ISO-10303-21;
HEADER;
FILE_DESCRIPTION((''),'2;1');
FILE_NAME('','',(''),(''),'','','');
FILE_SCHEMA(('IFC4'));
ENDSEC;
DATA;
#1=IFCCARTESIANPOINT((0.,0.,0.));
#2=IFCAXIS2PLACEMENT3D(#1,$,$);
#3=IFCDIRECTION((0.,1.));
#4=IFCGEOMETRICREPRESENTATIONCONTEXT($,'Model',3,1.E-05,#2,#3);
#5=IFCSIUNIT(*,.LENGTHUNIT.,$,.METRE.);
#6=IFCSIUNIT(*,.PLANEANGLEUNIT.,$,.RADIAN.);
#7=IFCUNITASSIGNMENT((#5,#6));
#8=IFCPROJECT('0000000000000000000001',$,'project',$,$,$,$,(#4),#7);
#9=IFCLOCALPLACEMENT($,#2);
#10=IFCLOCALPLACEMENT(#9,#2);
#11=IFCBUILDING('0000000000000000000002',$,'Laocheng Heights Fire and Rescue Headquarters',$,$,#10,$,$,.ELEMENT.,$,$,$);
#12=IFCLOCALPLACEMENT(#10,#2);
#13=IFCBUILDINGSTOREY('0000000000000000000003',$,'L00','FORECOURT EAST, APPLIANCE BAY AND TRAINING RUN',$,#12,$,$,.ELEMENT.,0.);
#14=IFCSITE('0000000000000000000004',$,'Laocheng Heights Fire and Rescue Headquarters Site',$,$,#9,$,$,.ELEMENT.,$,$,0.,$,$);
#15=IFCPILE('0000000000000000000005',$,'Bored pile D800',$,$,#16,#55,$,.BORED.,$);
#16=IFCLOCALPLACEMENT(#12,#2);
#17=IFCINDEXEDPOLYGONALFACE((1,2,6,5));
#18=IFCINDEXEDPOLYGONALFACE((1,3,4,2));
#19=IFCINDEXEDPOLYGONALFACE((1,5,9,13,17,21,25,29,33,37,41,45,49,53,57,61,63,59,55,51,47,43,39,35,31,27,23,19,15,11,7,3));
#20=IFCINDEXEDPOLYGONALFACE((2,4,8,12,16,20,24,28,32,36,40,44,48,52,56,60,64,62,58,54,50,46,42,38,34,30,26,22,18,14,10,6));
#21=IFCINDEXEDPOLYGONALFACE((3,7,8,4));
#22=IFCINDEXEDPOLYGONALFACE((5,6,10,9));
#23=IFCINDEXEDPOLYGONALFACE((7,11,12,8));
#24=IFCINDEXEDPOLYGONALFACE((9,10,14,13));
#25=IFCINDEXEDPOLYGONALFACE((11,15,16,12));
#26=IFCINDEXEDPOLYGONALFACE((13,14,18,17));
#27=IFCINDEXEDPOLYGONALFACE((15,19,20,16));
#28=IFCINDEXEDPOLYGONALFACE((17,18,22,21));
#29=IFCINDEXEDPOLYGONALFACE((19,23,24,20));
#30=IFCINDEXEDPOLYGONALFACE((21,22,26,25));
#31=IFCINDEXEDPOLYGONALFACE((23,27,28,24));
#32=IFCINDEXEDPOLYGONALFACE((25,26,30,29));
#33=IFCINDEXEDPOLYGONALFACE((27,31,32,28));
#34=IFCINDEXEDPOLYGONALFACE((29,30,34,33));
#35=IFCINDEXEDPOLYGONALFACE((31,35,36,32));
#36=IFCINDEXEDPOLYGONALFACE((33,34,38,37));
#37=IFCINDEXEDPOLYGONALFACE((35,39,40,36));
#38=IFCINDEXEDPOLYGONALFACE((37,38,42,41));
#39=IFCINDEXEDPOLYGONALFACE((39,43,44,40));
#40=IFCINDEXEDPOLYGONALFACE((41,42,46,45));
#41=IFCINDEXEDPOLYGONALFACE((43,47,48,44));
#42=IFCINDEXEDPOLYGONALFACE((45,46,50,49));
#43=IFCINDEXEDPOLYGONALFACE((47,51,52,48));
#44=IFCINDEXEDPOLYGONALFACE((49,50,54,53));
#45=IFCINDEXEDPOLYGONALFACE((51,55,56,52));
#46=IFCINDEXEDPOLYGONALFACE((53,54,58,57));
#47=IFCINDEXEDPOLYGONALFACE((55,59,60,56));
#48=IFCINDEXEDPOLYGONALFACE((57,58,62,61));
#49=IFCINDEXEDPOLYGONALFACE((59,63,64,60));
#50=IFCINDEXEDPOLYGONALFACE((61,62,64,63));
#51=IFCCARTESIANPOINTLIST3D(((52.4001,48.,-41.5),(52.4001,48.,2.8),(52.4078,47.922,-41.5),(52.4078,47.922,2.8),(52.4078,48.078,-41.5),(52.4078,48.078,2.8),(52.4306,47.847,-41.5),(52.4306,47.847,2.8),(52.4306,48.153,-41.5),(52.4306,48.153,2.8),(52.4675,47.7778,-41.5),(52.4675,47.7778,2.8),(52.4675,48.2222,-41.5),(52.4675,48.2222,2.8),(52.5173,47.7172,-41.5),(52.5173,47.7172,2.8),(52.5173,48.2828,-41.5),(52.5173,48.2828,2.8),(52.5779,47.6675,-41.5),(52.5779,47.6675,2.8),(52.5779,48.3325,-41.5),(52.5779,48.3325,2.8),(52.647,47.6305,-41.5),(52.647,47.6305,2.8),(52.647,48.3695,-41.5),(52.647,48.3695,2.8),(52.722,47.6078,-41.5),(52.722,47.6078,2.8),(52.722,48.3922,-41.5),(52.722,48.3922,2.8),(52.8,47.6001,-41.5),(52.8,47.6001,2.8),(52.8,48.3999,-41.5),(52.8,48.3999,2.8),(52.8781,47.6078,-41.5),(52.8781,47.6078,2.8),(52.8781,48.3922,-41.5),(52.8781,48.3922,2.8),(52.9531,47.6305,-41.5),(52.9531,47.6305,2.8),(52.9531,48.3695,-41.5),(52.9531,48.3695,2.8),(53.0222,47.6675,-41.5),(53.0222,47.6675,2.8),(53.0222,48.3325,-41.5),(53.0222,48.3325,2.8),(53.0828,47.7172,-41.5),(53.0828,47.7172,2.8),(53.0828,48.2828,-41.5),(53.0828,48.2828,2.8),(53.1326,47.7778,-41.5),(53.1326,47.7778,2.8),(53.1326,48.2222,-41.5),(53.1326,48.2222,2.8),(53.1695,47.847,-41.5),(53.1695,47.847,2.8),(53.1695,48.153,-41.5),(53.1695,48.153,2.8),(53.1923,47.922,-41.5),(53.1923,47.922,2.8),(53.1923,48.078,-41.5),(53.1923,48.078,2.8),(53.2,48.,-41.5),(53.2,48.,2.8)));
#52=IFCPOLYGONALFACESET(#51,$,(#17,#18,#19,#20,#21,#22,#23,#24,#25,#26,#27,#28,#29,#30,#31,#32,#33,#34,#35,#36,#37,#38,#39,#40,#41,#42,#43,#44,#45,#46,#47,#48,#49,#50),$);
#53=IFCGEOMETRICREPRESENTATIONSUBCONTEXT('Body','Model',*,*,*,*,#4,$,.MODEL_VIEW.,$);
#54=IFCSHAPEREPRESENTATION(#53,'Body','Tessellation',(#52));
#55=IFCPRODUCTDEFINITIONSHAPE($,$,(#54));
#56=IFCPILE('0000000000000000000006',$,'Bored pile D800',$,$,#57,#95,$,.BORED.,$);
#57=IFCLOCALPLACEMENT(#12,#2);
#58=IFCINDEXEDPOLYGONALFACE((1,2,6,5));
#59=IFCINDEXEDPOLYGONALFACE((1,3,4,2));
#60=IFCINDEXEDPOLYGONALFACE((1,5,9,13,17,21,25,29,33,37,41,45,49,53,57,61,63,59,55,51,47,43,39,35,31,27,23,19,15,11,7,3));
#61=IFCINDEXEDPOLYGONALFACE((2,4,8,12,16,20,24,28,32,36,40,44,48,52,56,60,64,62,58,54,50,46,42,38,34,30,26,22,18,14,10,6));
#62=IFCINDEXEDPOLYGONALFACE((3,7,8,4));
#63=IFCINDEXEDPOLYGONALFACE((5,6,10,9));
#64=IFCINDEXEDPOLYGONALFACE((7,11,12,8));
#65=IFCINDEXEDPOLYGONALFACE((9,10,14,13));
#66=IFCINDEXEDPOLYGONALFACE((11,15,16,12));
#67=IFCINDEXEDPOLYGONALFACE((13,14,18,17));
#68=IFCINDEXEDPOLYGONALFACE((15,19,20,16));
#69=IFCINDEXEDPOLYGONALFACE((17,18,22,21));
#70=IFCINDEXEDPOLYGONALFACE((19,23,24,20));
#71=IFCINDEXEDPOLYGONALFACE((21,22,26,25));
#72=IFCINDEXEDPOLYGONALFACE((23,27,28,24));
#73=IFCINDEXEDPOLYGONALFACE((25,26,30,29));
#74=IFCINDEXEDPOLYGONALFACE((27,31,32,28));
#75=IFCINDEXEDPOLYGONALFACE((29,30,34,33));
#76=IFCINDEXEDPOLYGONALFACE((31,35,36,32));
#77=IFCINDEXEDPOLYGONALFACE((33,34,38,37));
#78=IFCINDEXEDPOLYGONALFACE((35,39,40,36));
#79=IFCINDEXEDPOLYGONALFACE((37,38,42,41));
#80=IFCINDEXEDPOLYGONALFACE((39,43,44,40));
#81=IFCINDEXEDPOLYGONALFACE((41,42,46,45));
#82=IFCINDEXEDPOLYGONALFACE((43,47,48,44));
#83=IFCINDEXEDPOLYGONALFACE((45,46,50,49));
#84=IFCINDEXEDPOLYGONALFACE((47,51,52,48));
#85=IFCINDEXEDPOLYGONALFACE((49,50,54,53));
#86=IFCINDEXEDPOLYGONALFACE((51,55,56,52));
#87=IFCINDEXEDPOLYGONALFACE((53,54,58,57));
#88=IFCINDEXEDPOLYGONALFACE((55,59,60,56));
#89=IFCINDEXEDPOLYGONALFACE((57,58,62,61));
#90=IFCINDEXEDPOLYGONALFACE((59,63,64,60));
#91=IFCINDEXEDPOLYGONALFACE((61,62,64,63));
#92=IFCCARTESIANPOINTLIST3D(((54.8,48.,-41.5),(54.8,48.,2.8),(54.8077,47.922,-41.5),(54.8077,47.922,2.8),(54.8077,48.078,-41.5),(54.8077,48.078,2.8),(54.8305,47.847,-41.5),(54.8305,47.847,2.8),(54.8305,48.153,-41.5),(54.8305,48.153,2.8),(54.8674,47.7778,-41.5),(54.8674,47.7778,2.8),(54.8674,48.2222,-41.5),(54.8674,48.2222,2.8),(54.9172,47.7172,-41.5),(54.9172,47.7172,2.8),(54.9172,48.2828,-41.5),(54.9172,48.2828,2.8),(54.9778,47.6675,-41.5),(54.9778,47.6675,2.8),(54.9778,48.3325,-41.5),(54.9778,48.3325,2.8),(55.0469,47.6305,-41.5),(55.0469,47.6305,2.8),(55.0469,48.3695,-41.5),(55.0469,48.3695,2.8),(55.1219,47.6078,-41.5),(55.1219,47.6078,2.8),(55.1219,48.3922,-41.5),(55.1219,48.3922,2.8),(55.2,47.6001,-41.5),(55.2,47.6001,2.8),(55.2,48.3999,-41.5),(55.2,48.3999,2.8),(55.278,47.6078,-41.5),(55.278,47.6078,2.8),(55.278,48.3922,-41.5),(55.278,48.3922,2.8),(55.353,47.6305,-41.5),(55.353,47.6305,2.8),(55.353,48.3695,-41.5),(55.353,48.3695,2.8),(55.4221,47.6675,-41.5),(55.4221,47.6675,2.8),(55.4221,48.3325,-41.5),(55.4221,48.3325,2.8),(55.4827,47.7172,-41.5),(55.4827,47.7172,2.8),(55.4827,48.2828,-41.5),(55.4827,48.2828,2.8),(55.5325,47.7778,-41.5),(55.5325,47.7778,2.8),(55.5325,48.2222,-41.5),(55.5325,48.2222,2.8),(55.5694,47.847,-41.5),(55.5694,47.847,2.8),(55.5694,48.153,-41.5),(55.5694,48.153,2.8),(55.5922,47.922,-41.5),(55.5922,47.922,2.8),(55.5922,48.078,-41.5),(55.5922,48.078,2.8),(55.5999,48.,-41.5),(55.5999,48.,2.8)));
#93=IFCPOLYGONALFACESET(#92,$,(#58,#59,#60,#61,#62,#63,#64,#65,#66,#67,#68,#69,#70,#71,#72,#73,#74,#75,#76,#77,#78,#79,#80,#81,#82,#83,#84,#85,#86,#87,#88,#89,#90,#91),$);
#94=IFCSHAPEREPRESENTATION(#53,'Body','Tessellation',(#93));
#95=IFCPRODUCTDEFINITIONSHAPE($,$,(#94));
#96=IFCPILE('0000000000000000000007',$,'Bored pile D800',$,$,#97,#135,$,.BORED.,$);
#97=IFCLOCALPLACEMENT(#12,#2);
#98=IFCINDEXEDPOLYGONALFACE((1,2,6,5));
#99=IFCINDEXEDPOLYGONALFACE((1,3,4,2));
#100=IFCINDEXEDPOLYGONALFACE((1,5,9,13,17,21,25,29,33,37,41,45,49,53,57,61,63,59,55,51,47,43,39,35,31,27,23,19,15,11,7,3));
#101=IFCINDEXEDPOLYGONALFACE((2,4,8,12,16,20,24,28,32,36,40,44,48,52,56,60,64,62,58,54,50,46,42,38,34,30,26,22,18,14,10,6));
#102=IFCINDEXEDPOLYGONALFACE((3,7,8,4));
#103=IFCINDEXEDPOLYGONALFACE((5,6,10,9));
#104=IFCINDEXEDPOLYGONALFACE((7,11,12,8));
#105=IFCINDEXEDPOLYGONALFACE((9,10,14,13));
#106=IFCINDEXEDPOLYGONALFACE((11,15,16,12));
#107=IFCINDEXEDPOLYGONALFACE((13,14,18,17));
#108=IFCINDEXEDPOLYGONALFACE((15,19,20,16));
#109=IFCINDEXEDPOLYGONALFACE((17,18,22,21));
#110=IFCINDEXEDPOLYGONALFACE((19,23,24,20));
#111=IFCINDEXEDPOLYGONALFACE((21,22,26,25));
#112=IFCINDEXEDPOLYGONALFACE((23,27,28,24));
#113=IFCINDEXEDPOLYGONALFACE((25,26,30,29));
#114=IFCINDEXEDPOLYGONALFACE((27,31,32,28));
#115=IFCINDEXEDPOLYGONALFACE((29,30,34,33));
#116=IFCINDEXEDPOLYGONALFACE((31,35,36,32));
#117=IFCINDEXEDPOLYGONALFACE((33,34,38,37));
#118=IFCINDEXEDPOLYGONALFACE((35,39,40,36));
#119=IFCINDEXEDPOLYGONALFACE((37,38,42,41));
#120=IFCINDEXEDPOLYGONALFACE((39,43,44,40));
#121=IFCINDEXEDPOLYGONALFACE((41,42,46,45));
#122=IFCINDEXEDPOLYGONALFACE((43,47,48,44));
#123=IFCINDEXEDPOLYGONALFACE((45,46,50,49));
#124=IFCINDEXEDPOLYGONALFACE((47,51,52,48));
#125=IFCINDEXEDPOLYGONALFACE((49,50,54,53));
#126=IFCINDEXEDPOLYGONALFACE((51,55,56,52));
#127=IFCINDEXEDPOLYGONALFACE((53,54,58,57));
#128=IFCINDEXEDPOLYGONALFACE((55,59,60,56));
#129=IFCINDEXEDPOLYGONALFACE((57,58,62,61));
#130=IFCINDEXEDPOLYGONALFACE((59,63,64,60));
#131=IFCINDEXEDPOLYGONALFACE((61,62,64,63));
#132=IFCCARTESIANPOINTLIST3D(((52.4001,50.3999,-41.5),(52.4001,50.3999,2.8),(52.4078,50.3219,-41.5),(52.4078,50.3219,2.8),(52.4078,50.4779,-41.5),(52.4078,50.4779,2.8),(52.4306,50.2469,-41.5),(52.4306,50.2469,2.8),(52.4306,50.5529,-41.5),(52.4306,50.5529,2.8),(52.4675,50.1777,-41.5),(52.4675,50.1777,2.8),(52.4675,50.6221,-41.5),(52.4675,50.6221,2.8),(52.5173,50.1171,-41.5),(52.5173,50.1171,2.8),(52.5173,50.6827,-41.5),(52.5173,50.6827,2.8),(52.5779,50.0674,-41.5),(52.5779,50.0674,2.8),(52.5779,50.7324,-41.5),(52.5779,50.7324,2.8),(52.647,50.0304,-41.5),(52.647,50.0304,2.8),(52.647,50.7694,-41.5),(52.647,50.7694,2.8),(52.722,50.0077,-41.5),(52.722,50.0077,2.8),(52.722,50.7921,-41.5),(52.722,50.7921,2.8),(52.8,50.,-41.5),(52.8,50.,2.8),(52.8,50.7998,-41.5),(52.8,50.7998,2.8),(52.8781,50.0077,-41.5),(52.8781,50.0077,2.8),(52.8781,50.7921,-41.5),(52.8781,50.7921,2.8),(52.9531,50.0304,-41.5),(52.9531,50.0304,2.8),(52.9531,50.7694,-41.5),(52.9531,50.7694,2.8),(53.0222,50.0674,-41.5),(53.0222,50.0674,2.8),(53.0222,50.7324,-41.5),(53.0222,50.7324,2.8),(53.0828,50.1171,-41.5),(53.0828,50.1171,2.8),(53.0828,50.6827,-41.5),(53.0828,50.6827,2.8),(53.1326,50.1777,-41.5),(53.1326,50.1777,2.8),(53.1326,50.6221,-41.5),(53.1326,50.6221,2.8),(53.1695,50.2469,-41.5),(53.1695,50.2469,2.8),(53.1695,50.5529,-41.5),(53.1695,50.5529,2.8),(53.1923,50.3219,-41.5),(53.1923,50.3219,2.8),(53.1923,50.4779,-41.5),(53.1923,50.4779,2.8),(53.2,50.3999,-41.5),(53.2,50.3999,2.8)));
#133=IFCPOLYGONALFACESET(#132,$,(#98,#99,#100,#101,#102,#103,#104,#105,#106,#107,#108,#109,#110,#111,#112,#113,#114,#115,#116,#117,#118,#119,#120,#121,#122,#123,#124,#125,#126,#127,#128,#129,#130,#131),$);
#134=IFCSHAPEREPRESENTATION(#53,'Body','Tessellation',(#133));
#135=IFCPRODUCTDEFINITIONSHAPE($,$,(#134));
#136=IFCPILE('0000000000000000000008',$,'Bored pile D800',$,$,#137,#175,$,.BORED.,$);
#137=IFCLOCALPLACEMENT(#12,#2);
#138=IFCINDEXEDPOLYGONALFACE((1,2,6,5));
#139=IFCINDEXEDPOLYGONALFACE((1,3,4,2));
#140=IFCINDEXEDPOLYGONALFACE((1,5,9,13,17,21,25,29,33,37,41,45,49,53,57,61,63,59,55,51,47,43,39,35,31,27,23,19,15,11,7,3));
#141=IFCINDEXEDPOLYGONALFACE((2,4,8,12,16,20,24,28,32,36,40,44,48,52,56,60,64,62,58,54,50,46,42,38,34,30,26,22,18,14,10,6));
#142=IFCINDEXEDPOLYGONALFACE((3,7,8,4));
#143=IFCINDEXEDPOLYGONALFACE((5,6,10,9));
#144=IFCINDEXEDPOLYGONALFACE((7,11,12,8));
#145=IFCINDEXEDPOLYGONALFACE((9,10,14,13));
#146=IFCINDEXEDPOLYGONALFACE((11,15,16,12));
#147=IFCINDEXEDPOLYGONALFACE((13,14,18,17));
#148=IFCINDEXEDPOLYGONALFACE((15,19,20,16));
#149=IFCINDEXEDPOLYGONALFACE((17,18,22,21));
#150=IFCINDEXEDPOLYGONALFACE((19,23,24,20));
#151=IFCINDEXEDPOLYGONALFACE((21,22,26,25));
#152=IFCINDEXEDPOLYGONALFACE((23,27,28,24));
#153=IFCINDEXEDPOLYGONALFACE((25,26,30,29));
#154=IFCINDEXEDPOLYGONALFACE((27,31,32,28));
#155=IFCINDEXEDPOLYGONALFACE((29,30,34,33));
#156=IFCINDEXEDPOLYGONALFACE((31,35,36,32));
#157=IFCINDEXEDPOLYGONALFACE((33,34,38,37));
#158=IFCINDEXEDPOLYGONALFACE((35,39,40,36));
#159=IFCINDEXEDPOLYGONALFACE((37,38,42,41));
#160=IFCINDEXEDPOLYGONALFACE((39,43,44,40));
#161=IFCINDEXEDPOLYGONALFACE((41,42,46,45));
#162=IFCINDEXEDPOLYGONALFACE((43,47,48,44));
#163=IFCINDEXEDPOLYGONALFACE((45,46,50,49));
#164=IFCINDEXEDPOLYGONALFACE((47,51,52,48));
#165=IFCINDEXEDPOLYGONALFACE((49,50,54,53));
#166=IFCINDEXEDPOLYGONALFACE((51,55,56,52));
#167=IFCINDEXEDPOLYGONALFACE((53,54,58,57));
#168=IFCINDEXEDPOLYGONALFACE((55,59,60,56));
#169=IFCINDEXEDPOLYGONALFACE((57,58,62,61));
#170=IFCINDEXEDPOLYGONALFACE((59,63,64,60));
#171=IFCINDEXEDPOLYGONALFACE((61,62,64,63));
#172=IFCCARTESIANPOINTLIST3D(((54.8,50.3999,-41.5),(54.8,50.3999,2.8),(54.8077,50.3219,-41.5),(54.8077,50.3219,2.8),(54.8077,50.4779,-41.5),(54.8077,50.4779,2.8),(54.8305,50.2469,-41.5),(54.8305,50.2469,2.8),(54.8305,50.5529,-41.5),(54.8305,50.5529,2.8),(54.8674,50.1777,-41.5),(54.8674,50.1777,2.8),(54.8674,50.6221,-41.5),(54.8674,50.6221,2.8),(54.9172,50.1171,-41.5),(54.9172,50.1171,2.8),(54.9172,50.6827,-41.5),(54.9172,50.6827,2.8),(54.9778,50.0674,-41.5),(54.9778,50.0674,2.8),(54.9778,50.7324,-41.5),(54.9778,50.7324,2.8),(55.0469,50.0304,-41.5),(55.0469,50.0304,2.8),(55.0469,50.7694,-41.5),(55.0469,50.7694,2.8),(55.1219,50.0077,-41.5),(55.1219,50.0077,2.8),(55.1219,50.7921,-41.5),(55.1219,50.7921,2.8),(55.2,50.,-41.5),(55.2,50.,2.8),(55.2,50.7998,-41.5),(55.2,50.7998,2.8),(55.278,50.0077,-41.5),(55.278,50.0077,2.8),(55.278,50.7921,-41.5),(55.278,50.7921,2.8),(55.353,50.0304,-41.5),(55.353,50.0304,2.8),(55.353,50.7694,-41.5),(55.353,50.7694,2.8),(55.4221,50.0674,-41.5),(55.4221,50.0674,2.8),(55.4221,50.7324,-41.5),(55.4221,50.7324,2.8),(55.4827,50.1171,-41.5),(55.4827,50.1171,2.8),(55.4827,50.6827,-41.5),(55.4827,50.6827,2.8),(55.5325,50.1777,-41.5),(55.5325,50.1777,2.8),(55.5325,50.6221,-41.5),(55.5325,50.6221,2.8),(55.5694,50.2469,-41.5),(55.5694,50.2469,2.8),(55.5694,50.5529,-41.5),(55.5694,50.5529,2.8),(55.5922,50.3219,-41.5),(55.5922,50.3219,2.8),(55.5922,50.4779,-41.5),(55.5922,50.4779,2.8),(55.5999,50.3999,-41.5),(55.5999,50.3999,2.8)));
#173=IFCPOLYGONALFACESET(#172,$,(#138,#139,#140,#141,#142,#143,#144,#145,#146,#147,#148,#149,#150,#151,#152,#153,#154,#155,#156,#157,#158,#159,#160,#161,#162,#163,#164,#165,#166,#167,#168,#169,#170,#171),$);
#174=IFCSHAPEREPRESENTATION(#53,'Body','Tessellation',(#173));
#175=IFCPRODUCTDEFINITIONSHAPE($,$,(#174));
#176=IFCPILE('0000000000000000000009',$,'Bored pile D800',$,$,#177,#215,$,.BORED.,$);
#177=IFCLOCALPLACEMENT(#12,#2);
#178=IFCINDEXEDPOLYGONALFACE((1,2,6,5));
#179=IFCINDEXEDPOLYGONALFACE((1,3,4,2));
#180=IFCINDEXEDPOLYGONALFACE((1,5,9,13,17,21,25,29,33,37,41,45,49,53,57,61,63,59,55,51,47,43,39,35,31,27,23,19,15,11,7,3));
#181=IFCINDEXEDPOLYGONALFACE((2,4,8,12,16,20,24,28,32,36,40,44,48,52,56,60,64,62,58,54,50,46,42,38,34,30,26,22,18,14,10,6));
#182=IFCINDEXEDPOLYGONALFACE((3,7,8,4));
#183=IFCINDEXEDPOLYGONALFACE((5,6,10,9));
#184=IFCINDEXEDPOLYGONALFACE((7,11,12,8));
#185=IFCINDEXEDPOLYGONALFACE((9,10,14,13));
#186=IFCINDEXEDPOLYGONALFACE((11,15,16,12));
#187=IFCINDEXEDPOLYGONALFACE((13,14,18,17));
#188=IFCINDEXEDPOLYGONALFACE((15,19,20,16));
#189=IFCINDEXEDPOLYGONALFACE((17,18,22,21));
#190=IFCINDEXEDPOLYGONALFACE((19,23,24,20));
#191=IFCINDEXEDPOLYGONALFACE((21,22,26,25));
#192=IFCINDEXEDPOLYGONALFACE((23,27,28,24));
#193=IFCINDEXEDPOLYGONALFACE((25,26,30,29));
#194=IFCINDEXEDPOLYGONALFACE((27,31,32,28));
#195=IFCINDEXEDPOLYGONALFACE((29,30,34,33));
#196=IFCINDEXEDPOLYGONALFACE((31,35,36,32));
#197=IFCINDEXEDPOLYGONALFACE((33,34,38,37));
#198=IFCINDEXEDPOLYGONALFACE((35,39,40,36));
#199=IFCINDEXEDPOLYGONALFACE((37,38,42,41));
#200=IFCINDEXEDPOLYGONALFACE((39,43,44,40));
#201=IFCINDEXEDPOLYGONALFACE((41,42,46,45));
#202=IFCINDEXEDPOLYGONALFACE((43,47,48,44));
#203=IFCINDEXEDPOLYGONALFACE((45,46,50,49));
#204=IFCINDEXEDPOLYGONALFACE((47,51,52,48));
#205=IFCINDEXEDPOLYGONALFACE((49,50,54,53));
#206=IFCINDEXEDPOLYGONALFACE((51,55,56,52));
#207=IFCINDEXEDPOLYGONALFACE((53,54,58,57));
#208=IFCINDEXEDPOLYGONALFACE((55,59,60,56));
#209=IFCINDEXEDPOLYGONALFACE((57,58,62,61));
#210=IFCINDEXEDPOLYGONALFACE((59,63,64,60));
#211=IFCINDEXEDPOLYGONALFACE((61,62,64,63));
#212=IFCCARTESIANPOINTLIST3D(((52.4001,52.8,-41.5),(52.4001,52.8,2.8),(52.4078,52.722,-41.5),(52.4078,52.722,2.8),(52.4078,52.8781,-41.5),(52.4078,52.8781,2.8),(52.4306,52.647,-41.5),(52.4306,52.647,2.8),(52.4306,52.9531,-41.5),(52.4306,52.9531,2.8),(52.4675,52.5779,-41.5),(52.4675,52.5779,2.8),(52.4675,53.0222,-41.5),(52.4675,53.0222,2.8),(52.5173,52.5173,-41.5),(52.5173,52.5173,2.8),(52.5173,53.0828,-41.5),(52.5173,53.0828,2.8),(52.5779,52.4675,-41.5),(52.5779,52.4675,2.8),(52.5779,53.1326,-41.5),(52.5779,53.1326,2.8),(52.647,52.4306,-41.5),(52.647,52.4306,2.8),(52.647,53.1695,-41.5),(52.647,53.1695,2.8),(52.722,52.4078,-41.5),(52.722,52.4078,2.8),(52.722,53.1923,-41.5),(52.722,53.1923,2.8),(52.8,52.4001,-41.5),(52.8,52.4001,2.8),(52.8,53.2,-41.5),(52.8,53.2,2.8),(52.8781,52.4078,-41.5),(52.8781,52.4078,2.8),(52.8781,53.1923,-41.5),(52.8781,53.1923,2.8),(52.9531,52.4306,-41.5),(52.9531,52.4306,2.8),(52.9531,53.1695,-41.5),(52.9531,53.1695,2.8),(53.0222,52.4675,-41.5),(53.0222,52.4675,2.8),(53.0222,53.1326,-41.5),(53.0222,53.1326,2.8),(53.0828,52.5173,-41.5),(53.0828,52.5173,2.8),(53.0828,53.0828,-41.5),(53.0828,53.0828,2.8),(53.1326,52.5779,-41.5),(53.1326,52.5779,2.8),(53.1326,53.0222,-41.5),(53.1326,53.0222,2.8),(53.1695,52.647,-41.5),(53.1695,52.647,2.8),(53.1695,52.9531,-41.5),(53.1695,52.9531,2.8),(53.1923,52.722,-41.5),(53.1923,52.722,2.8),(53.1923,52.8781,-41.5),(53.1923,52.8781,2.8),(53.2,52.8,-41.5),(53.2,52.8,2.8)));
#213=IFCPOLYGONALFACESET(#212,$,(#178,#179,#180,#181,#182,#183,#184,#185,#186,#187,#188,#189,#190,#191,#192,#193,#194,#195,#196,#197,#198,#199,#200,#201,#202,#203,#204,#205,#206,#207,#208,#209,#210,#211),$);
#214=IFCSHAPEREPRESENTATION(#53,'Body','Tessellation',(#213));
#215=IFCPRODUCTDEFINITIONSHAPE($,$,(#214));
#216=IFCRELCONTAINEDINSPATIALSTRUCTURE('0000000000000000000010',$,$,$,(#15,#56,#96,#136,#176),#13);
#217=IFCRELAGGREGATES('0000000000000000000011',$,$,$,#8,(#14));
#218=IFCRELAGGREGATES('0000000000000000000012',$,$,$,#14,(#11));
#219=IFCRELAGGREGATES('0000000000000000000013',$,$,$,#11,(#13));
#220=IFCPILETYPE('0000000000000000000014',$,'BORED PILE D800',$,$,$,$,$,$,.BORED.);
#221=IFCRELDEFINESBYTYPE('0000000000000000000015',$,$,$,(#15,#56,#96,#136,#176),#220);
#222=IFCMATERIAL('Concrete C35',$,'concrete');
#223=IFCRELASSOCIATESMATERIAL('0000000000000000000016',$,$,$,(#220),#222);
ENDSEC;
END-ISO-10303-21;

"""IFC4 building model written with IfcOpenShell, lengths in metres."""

from ifc_helpers import new_model, si_unit, direction, frame, origin, origin_2d, place, context, subcontext, project, spatial, circle, extrude, material, material_profile, profile_set, type_object, element, save


model = new_model("IFC4")

# Units and contexts
model_context = context("Model", 3, precision=1e-05, world=origin(), true_north=direction((0.0, 1.0)))
body_context = subcontext(model_context, "Body", "Model", "MODEL_VIEW")
ifc_project = project(units=[si_unit("LENGTHUNIT", "METRE"), si_unit("PLANEANGLEUNIT", "RADIAN")], contexts=[model_context])

# Site, building, storey
site_placement = place(None, origin())
site = spatial("IfcSite", under=ifc_project, at=site_placement, Name="Laocheng Heights Fire and Rescue Headquarters Site", CompositionType="ELEMENT", RefElevation=0.0)
building_placement = place(site_placement, origin())
building = spatial("IfcBuilding", under=site, at=building_placement, Name="Laocheng Heights Fire and Rescue Headquarters", CompositionType="ELEMENT")
storey_placement = place(building_placement, origin())
storey = spatial("IfcBuildingStorey", under=building, at=storey_placement, Name="L00", Description="FORECOURT EAST, APPLIANCE BAY AND TRAINING RUN", CompositionType="ELEMENT", Elevation=0.0)

# Piles
ifc_material_1 = material(Name="Concrete C35", Category="concrete")
ifc_material_profile_1 = material_profile(ifc_material_1, circle(Radius=0.3999, at=origin_2d()), Name="BORED PILE D800")
ifc_profile_set_1 = profile_set([ifc_material_profile_1], Name="Concrete C35")
pile_type = type_object("IfcPileType", Name="BORED PILE D800", PredefinedType="BORED", material=ifc_profile_set_1)
for number, where, z_axis, x_axis, name in (
    (1, (52.8, 48.0, 2.8), (0.0, 0.0, -1.0), (1.0, 0.0, 0.0), "Bored pile D800"),
    (2, (55.2, 48.0, 2.8), (0.0, 0.0, -1.0), (1.0, 0.0, 0.0), "Bored pile D800"),
    (3, (52.8, 50.3999, 2.8), (0.0, 0.0, -1.0), (1.0, 0.0, 0.0), "Bored pile D800"),
    (4, (55.2, 50.3999, 2.8), (0.0, 0.0, -1.0), (1.0, 0.0, 0.0), "Bored pile D800"),
    (5, (52.8, 52.8, 2.8), (0.0, 0.0, -1.0), (1.0, 0.0, 0.0), "Bored pile D800"),
):
    element("IfcPile", number, at=place(storey_placement, frame(where, z_axis=z_axis, x_axis=x_axis)), inside=storey, type_object=pile_type, Name=name, PredefinedType="BORED", context=body_context, shape_type="SweptSolid", body=[
        extrude(circle(Radius=0.3999, at=origin_2d()), origin(), (0.0, 0.0, 1.0), 44.3),
    ])

save(model, "model.ifc")
